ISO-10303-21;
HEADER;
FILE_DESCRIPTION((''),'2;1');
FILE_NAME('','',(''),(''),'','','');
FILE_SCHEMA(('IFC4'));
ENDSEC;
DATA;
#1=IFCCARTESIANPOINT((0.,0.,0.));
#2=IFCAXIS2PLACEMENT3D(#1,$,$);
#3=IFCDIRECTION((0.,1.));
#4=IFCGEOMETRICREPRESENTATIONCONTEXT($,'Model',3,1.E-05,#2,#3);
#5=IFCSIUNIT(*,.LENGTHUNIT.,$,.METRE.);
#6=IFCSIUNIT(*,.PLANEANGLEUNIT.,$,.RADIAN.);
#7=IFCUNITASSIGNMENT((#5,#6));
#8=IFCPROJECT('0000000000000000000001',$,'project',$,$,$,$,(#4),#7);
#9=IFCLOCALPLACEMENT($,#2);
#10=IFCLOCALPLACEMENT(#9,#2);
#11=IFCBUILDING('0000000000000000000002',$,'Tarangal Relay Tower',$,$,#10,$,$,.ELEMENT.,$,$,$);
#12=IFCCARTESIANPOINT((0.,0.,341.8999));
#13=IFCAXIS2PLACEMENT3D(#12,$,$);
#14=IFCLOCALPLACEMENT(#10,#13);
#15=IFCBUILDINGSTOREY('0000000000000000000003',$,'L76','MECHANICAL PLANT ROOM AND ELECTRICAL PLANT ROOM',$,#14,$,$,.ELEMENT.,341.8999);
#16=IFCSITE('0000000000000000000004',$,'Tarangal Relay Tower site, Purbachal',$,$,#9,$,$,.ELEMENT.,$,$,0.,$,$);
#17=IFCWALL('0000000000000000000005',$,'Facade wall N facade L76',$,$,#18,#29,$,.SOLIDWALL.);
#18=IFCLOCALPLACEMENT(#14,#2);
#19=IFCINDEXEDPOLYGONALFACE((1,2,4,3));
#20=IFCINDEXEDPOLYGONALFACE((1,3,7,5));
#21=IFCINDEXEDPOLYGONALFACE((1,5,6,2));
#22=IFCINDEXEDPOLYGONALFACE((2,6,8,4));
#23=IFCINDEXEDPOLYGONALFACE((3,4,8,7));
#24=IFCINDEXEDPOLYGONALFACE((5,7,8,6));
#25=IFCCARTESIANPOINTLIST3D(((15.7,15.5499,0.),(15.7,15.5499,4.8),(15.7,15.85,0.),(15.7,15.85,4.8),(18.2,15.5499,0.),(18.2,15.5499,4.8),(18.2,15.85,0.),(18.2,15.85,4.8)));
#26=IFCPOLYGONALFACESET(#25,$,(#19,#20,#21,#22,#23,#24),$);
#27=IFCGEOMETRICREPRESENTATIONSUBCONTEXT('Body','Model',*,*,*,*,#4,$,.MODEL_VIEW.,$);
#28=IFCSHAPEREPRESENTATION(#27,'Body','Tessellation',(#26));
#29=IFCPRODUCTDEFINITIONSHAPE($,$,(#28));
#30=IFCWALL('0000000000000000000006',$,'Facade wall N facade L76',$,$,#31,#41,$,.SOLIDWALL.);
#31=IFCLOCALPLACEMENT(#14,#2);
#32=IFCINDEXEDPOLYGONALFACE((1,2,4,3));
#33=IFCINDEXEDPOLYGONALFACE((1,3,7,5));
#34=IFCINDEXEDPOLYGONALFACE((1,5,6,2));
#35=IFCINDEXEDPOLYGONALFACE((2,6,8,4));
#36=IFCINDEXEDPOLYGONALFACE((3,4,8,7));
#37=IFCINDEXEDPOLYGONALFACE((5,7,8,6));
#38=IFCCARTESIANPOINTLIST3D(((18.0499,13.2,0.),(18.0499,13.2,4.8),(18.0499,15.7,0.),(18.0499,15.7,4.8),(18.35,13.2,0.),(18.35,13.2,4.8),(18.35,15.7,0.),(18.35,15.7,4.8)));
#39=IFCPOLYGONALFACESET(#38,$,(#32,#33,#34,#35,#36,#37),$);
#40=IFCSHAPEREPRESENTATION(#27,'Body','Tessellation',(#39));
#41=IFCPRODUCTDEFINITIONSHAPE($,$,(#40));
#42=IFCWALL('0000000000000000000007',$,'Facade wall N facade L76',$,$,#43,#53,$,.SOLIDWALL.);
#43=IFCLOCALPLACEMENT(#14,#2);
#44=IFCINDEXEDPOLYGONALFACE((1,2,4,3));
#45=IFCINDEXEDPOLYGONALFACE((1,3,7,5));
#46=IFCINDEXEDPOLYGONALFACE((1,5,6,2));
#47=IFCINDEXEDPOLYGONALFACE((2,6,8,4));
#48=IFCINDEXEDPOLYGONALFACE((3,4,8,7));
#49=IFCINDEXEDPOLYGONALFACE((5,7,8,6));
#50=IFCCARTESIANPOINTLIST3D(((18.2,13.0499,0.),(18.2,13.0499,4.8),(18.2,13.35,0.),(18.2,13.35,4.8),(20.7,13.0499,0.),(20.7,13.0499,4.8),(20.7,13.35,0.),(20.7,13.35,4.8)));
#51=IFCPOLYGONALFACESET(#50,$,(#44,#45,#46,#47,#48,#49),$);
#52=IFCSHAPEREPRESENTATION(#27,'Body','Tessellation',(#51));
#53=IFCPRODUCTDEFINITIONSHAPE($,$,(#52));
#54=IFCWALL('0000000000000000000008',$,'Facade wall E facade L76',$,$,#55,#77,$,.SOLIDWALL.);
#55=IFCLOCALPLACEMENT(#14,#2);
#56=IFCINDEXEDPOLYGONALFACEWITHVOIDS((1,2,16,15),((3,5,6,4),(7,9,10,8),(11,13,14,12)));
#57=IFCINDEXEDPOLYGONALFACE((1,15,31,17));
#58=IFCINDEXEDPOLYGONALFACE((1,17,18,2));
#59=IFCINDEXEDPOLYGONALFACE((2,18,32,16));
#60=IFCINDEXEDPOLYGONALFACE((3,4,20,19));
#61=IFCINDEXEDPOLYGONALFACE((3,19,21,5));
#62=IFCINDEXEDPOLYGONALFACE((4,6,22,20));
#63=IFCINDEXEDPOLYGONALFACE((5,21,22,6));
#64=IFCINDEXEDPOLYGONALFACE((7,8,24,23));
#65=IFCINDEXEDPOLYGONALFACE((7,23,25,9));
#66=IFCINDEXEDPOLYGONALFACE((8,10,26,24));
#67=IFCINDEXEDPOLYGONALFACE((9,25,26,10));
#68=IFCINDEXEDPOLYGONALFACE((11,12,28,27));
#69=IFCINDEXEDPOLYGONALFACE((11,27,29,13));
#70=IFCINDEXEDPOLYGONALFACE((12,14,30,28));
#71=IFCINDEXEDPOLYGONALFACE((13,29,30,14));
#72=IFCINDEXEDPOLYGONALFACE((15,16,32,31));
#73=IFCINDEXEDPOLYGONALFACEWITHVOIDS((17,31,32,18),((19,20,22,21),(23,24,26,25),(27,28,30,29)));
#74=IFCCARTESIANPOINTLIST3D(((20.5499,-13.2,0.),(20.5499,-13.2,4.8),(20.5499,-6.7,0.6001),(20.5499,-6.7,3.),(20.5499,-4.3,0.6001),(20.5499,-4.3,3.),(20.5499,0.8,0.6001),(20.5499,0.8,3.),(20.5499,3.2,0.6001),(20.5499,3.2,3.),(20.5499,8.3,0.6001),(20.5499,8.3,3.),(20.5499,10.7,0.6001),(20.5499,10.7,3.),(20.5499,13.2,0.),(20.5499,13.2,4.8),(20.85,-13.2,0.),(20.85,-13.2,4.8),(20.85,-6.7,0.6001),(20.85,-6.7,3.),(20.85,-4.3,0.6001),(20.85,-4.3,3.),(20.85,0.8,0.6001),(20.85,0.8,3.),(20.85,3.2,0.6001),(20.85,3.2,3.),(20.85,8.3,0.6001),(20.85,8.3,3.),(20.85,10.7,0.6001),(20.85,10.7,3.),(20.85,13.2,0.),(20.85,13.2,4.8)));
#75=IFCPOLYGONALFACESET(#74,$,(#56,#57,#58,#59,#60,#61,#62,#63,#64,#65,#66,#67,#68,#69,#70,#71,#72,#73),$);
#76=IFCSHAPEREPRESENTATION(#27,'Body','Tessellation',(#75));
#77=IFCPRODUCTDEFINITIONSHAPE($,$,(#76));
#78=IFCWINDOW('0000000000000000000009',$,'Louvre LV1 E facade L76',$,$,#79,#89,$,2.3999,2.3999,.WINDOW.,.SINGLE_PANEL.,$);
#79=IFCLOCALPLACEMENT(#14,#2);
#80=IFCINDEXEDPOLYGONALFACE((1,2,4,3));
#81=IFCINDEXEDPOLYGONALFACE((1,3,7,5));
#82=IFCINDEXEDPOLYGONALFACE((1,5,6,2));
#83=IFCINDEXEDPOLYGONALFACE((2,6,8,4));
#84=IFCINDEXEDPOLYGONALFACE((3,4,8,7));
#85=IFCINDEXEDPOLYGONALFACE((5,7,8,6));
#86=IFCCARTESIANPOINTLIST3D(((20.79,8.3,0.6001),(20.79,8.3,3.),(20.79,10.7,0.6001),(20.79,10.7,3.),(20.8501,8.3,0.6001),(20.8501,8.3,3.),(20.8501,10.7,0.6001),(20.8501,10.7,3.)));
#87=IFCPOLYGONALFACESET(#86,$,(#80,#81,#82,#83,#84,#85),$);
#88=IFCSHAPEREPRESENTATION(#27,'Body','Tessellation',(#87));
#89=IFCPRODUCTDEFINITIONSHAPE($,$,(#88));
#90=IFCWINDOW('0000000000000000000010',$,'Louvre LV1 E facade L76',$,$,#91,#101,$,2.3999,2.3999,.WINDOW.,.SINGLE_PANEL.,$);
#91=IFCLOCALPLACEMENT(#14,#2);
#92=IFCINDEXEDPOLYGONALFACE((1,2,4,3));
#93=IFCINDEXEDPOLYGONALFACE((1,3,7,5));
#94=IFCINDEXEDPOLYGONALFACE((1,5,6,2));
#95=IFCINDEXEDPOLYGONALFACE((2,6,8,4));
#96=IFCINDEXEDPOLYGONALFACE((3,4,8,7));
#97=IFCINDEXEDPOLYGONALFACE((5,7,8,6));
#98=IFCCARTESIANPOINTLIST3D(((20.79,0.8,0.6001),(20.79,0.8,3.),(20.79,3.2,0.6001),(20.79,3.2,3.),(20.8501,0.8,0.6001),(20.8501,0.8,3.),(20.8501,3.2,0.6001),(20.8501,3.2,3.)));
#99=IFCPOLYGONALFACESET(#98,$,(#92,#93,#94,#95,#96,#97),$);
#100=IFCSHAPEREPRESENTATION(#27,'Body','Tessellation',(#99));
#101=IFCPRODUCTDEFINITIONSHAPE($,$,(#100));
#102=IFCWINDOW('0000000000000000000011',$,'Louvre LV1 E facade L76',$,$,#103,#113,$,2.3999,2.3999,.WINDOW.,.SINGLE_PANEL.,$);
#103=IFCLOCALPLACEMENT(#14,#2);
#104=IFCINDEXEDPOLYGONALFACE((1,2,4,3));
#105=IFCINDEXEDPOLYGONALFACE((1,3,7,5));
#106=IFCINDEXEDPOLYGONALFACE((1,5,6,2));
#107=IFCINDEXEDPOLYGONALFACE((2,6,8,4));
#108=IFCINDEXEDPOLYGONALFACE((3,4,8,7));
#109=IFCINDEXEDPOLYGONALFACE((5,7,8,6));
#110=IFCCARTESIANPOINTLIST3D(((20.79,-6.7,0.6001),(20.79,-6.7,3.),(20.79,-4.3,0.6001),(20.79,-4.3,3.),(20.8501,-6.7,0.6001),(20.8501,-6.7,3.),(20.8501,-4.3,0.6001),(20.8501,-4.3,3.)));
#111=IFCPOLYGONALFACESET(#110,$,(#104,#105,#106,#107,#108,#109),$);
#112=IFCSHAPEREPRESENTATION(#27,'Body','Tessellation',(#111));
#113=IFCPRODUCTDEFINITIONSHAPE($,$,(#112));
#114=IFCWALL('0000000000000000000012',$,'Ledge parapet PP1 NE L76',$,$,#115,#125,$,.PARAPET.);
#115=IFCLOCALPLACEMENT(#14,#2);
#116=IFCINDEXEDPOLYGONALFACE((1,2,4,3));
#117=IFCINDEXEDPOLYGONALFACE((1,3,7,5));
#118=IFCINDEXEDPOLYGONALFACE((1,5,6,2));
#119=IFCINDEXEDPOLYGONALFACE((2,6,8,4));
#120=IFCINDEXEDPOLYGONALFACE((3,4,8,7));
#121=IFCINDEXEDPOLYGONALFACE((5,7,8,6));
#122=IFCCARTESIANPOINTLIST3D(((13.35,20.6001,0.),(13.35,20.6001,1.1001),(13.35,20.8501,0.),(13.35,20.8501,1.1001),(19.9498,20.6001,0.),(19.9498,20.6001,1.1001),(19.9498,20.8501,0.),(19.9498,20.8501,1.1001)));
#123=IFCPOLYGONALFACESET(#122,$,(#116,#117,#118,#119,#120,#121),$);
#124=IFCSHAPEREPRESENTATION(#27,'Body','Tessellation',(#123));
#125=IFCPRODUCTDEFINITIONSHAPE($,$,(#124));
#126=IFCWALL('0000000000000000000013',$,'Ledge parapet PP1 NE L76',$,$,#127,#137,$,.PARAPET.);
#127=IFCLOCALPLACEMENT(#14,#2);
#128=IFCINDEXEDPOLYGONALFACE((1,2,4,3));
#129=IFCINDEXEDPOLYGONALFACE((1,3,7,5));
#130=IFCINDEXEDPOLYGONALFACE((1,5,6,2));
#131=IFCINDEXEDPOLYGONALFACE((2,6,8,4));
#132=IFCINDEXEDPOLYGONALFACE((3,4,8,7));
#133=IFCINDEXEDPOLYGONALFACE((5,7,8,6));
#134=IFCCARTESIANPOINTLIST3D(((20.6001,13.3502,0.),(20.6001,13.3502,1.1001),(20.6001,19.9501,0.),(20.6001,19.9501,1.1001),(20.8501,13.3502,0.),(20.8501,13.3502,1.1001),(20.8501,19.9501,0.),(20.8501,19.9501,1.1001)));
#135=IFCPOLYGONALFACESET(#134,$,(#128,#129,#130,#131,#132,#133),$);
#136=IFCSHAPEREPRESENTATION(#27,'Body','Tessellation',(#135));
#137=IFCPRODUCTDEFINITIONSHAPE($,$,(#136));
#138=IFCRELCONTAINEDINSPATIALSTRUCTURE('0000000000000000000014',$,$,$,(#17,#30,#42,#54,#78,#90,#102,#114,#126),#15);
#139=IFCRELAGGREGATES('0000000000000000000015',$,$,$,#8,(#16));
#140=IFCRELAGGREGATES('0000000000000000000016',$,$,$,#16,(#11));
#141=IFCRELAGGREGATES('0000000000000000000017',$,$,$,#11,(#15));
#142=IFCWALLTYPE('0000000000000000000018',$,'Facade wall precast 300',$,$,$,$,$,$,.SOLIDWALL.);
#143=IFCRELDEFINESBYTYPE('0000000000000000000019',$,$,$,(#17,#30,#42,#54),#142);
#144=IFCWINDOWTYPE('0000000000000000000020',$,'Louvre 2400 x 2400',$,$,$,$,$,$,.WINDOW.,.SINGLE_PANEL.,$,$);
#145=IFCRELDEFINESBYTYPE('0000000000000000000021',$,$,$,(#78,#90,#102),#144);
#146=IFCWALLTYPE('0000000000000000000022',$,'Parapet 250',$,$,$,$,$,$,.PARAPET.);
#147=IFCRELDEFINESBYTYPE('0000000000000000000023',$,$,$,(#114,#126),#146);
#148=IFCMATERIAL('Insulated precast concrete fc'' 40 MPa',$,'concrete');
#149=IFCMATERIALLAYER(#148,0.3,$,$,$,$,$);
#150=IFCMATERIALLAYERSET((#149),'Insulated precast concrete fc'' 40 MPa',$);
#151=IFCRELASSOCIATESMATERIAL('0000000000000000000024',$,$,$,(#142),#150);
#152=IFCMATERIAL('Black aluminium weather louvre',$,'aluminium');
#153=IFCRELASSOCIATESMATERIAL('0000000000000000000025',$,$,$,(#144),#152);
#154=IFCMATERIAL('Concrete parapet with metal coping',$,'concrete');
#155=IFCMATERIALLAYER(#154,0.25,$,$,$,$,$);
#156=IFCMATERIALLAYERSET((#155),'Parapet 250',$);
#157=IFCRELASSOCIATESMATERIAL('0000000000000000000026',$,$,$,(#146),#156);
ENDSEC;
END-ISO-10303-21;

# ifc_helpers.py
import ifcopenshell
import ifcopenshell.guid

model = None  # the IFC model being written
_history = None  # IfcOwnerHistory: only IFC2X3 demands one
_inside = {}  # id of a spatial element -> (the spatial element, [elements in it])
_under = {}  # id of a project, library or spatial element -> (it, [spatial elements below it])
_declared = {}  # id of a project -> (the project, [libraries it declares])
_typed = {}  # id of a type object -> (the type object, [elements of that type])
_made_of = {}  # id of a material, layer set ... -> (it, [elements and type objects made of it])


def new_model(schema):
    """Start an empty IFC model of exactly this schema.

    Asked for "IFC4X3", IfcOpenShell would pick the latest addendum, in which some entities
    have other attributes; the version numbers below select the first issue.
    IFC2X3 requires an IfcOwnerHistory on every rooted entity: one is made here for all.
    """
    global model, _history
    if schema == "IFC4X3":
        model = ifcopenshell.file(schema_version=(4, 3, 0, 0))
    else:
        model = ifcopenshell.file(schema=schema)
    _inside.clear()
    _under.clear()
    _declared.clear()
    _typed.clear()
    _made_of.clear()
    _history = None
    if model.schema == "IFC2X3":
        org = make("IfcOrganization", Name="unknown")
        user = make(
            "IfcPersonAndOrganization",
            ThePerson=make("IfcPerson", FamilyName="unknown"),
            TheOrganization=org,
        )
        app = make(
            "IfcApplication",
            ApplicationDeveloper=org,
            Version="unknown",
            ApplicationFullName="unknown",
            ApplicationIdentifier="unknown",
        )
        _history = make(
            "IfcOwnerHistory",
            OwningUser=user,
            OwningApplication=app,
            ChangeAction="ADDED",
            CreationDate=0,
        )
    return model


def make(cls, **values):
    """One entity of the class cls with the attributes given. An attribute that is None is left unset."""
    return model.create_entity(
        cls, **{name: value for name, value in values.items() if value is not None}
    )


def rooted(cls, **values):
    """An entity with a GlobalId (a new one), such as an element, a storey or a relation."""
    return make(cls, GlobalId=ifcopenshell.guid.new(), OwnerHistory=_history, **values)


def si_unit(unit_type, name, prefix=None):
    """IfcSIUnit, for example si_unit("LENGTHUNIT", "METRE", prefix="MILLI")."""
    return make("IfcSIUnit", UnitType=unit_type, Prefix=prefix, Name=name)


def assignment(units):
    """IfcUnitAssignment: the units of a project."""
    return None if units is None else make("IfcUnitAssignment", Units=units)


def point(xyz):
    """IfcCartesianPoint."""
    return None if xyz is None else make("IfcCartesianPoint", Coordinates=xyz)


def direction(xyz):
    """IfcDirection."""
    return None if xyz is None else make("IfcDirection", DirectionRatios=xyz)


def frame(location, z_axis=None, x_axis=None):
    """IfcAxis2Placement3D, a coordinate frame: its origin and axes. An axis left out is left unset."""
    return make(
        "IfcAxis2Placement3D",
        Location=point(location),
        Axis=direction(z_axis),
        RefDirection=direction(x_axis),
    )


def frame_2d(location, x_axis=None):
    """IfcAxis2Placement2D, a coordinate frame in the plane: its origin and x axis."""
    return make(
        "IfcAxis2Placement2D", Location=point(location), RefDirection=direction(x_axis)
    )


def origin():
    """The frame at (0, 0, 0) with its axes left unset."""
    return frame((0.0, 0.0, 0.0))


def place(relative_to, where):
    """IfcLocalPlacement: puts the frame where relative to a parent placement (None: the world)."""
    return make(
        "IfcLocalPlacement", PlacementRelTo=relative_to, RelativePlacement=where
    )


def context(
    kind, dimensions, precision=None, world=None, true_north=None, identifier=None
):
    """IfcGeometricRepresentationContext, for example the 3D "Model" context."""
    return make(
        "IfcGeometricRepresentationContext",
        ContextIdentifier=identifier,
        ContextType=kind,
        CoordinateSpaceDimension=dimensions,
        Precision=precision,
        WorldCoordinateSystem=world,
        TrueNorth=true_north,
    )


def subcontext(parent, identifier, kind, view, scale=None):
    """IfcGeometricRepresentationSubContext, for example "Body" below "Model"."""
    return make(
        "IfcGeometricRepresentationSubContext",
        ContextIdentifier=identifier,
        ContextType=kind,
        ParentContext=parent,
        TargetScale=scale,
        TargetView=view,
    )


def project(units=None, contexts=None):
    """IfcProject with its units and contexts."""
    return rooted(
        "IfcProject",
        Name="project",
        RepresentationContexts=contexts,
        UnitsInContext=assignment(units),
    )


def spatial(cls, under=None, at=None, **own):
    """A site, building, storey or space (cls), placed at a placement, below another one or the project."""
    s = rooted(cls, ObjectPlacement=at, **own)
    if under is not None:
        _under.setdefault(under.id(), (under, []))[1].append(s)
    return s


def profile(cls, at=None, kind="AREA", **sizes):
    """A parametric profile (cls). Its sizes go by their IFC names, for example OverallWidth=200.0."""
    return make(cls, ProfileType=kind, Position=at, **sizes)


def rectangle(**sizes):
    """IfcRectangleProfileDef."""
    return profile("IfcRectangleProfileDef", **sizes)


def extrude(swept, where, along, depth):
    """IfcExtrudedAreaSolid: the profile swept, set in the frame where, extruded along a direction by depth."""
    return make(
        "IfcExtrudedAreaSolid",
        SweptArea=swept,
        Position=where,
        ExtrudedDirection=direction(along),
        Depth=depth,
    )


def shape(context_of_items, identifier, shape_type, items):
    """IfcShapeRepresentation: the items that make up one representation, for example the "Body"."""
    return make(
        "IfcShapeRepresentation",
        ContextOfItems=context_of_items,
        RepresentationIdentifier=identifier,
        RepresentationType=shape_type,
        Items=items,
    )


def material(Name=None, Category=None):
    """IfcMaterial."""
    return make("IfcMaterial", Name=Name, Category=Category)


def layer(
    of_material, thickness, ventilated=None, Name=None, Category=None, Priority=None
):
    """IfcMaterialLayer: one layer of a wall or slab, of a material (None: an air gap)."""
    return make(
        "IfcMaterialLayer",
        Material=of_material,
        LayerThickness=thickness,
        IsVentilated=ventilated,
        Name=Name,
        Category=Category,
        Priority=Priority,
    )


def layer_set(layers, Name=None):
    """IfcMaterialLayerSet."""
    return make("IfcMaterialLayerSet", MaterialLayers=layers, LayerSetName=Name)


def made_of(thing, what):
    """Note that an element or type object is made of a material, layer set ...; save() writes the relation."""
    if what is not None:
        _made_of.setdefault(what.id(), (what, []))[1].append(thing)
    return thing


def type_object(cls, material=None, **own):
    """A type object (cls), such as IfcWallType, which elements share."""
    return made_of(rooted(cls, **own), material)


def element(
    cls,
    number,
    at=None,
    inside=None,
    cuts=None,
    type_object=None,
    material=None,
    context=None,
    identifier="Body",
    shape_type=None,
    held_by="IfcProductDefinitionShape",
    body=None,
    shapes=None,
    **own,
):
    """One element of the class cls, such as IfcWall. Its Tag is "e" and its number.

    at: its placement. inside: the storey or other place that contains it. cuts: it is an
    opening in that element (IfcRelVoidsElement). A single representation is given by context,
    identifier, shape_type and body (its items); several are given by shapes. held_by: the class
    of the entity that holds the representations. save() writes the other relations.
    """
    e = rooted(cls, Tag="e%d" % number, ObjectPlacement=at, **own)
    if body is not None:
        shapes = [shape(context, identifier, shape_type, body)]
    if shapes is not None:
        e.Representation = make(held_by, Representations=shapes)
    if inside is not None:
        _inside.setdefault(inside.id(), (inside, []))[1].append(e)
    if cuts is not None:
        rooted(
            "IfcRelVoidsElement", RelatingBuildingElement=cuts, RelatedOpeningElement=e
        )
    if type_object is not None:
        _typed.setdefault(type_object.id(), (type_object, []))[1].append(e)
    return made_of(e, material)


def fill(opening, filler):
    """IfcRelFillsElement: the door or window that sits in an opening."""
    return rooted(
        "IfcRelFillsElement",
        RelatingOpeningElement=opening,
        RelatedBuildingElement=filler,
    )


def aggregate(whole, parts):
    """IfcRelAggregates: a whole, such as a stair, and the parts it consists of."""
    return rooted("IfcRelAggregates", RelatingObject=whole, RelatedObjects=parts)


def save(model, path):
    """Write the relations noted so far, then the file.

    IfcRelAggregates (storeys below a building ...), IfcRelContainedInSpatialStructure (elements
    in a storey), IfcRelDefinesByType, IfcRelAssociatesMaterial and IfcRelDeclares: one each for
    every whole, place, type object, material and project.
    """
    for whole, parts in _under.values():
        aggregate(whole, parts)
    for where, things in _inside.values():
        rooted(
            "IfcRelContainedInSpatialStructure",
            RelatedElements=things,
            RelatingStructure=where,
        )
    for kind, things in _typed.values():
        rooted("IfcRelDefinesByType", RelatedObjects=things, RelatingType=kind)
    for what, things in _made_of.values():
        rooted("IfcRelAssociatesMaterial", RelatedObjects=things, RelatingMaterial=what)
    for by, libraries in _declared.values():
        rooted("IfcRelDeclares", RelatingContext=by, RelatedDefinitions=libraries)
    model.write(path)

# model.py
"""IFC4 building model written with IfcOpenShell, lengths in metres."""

from ifc_helpers import new_model, si_unit, direction, frame, frame_2d, origin, place, context, subcontext, project, spatial, rectangle, extrude, material, layer, layer_set, type_object, element, fill, save


model = new_model("IFC4")

# Units and contexts
model_context = context("Model", 3, precision=1e-05, world=origin(), true_north=direction((0.0, 1.0)))
body_context = subcontext(model_context, "Body", "Model", "MODEL_VIEW")
ifc_project = project(units=[si_unit("LENGTHUNIT", "METRE"), si_unit("PLANEANGLEUNIT", "RADIAN")], contexts=[model_context])

# Site, building, storey
site_placement = place(None, origin())
site = spatial("IfcSite", under=ifc_project, at=site_placement, Name="Tarangal Relay Tower site, Purbachal", CompositionType="ELEMENT", RefElevation=0.0)
building_placement = place(site_placement, origin())
building = spatial("IfcBuilding", under=site, at=building_placement, Name="Tarangal Relay Tower", CompositionType="ELEMENT")
storey_placement = place(building_placement, frame((0.0, 0.0, 341.8999)))
storey = spatial("IfcBuildingStorey", under=building, at=storey_placement, Name="L76", Description="MECHANICAL PLANT ROOM AND ELECTRICAL PLANT ROOM", CompositionType="ELEMENT", Elevation=341.8999)

# Shared definitions
ifc_material_1 = material(Name="Insulated precast concrete fc' 40 MPa", Category="concrete")
ifc_layer_1 = layer(ifc_material_1, 0.3)
ifc_layer_set_1 = layer_set([ifc_layer_1], Name="Insulated precast concrete fc' 40 MPa")
wall_type_1 = type_object("IfcWallType", Name="Facade wall precast 300", PredefinedType="SOLIDWALL", material=ifc_layer_set_1)

# Walls
for number, where, z_axis, x_axis, name in (
    (1, (15.7, 15.7, 0.0), (0.0, 0.0, 1.0), (1.0, 0.0, 0.0), "Facade wall N facade L76"),
    (2, (18.2, 15.7, 0.0), (0.0, 0.0, 1.0), (0.0, -1.0, 0.0), "Facade wall N facade L76"),
    (3, (18.2, 13.2, 0.0), (0.0, 0.0, 1.0), (1.0, 0.0, 0.0), "Facade wall N facade L76"),
):
    element("IfcWall", number, at=place(storey_placement, frame(where, z_axis=z_axis, x_axis=x_axis)), inside=storey, type_object=wall_type_1, Name=name, PredefinedType="SOLIDWALL", context=body_context, shape_type="SweptSolid", body=[
        extrude(rectangle(XDim=2.5, YDim=0.3, at=frame_2d((1.25, 0.0))), origin(), (0.0, 0.0, 1.0), 4.8),
    ])

# Wall, openings, windows
wall_1_placement = place(storey_placement, frame((20.7, 13.2, 0.0), z_axis=(0.0, 0.0, 1.0), x_axis=(0.0, -1.0, 0.0)))
wall_1 = element("IfcWall", 4, at=wall_1_placement, inside=storey, type_object=wall_type_1, Name="Facade wall E facade L76", PredefinedType="SOLIDWALL", context=body_context, shape_type="SweptSolid", body=[
    extrude(rectangle(XDim=26.3999, YDim=0.3, at=frame_2d((13.2, 0.0))), origin(), (0.0, 0.0, 1.0), 4.8),
])
opening_1_placement = place(wall_1_placement, frame((2.5, 0.0, 0.6001)))
opening_1 = element("IfcOpeningElement", 5, at=opening_1_placement, cuts=wall_1, PredefinedType="OPENING", context=body_context, shape_type="SweptSolid", body=[
    extrude(rectangle(XDim=2.3999, YDim=2.3999, at=frame_2d((1.2, 1.2))), frame((0.0, 0.1599, 0.0), z_axis=(0.0, -1.0, 0.0), x_axis=(1.0, 0.0, 0.0)), (0.0, 0.0, 1.0), 0.3201),
])
opening_2_placement = place(wall_1_placement, frame((10.0, 0.0, 0.6001)))
opening_2 = element("IfcOpeningElement", 6, at=opening_2_placement, cuts=wall_1, PredefinedType="OPENING", context=body_context, shape_type="SweptSolid", body=[
    extrude(rectangle(XDim=2.3999, YDim=2.3999, at=frame_2d((1.2, 1.2))), frame((0.0, 0.1599, 0.0), z_axis=(0.0, -1.0, 0.0), x_axis=(1.0, 0.0, 0.0)), (0.0, 0.0, 1.0), 0.3201),
])
opening_3_placement = place(wall_1_placement, frame((17.5, 0.0, 0.6001)))
opening_3 = element("IfcOpeningElement", 7, at=opening_3_placement, cuts=wall_1, PredefinedType="OPENING", context=body_context, shape_type="SweptSolid", body=[
    extrude(rectangle(XDim=2.3999, YDim=2.3999, at=frame_2d((1.2, 1.2))), frame((0.0, 0.1599, 0.0), z_axis=(0.0, -1.0, 0.0), x_axis=(1.0, 0.0, 0.0)), (0.0, 0.0, 1.0), 0.3201),
])
ifc_material_2 = material(Name="Black aluminium weather louvre", Category="aluminium")
window_type = type_object("IfcWindowType", Name="Louvre 2400 x 2400", PartitioningType="SINGLE_PANEL", PredefinedType="WINDOW", material=ifc_material_2)
window_1_placement = place(opening_1_placement, origin())
window_1 = element("IfcWindow", 8, at=window_1_placement, inside=storey, type_object=window_type, Name="Louvre LV1 E facade L76", OverallHeight=2.3999, OverallWidth=2.3999, PartitioningType="SINGLE_PANEL", PredefinedType="WINDOW", context=body_context, shape_type="SweptSolid", body=[
    extrude(rectangle(XDim=2.3999, YDim=2.3999, at=frame_2d((1.2, 1.2))), frame((0.0, 0.1501, 0.0), z_axis=(0.0, -1.0, 0.0), x_axis=(1.0, 0.0, 0.0)), (0.0, 0.0, 1.0), 0.0601),
])
fill(opening_1, window_1)
window_2_placement = place(opening_2_placement, origin())
window_2 = element("IfcWindow", 9, at=window_2_placement, inside=storey, type_object=window_type, Name="Louvre LV1 E facade L76", OverallHeight=2.3999, OverallWidth=2.3999, PartitioningType="SINGLE_PANEL", PredefinedType="WINDOW", context=body_context, shape_type="SweptSolid", body=[
    extrude(rectangle(XDim=2.3999, YDim=2.3999, at=frame_2d((1.2, 1.2))), frame((0.0, 0.1501, 0.0), z_axis=(0.0, -1.0, 0.0), x_axis=(1.0, 0.0, 0.0)), (0.0, 0.0, 1.0), 0.0601),
])
fill(opening_2, window_2)
window_3_placement = place(opening_3_placement, origin())
window_3 = element("IfcWindow", 10, at=window_3_placement, inside=storey, type_object=window_type, Name="Louvre LV1 E facade L76", OverallHeight=2.3999, OverallWidth=2.3999, PartitioningType="SINGLE_PANEL", PredefinedType="WINDOW", context=body_context, shape_type="SweptSolid", body=[
    extrude(rectangle(XDim=2.3999, YDim=2.3999, at=frame_2d((1.2, 1.2))), frame((0.0, 0.1501, 0.0), z_axis=(0.0, -1.0, 0.0), x_axis=(1.0, 0.0, 0.0)), (0.0, 0.0, 1.0), 0.0601),
])
fill(opening_3, window_3)

# Walls
ifc_material_3 = material(Name="Concrete parapet with metal coping", Category="concrete")
ifc_layer_2 = layer(ifc_material_3, 0.25)
ifc_layer_set_2 = layer_set([ifc_layer_2], Name="Parapet 250")
wall_type_2 = type_object("IfcWallType", Name="Parapet 250", PredefinedType="PARAPET", material=ifc_layer_set_2)
for number, where, z_axis, x_axis, name in (
    (11, (13.3501, 20.7251, 0.0), (0.0, 0.0, 1.0), (1.0, 0.0, 0.0), "Ledge parapet PP1 NE L76"),
    (12, (20.7251, 19.95, 0.0), (0.0, 0.0, 1.0), (0.0, -1.0, 0.0), "Ledge parapet PP1 NE L76"),
):
    element("IfcWall", number, at=place(storey_placement, frame(where, z_axis=z_axis, x_axis=x_axis)), inside=storey, type_object=wall_type_2, Name=name, PredefinedType="PARAPET", context=body_context, shape_type="SweptSolid", body=[
        extrude(rectangle(XDim=6.5999, YDim=0.25, at=frame_2d((3.2998, 0.0))), origin(), (0.0, 0.0, 1.0), 1.1001),
    ])

save(model, "model.ifc")
